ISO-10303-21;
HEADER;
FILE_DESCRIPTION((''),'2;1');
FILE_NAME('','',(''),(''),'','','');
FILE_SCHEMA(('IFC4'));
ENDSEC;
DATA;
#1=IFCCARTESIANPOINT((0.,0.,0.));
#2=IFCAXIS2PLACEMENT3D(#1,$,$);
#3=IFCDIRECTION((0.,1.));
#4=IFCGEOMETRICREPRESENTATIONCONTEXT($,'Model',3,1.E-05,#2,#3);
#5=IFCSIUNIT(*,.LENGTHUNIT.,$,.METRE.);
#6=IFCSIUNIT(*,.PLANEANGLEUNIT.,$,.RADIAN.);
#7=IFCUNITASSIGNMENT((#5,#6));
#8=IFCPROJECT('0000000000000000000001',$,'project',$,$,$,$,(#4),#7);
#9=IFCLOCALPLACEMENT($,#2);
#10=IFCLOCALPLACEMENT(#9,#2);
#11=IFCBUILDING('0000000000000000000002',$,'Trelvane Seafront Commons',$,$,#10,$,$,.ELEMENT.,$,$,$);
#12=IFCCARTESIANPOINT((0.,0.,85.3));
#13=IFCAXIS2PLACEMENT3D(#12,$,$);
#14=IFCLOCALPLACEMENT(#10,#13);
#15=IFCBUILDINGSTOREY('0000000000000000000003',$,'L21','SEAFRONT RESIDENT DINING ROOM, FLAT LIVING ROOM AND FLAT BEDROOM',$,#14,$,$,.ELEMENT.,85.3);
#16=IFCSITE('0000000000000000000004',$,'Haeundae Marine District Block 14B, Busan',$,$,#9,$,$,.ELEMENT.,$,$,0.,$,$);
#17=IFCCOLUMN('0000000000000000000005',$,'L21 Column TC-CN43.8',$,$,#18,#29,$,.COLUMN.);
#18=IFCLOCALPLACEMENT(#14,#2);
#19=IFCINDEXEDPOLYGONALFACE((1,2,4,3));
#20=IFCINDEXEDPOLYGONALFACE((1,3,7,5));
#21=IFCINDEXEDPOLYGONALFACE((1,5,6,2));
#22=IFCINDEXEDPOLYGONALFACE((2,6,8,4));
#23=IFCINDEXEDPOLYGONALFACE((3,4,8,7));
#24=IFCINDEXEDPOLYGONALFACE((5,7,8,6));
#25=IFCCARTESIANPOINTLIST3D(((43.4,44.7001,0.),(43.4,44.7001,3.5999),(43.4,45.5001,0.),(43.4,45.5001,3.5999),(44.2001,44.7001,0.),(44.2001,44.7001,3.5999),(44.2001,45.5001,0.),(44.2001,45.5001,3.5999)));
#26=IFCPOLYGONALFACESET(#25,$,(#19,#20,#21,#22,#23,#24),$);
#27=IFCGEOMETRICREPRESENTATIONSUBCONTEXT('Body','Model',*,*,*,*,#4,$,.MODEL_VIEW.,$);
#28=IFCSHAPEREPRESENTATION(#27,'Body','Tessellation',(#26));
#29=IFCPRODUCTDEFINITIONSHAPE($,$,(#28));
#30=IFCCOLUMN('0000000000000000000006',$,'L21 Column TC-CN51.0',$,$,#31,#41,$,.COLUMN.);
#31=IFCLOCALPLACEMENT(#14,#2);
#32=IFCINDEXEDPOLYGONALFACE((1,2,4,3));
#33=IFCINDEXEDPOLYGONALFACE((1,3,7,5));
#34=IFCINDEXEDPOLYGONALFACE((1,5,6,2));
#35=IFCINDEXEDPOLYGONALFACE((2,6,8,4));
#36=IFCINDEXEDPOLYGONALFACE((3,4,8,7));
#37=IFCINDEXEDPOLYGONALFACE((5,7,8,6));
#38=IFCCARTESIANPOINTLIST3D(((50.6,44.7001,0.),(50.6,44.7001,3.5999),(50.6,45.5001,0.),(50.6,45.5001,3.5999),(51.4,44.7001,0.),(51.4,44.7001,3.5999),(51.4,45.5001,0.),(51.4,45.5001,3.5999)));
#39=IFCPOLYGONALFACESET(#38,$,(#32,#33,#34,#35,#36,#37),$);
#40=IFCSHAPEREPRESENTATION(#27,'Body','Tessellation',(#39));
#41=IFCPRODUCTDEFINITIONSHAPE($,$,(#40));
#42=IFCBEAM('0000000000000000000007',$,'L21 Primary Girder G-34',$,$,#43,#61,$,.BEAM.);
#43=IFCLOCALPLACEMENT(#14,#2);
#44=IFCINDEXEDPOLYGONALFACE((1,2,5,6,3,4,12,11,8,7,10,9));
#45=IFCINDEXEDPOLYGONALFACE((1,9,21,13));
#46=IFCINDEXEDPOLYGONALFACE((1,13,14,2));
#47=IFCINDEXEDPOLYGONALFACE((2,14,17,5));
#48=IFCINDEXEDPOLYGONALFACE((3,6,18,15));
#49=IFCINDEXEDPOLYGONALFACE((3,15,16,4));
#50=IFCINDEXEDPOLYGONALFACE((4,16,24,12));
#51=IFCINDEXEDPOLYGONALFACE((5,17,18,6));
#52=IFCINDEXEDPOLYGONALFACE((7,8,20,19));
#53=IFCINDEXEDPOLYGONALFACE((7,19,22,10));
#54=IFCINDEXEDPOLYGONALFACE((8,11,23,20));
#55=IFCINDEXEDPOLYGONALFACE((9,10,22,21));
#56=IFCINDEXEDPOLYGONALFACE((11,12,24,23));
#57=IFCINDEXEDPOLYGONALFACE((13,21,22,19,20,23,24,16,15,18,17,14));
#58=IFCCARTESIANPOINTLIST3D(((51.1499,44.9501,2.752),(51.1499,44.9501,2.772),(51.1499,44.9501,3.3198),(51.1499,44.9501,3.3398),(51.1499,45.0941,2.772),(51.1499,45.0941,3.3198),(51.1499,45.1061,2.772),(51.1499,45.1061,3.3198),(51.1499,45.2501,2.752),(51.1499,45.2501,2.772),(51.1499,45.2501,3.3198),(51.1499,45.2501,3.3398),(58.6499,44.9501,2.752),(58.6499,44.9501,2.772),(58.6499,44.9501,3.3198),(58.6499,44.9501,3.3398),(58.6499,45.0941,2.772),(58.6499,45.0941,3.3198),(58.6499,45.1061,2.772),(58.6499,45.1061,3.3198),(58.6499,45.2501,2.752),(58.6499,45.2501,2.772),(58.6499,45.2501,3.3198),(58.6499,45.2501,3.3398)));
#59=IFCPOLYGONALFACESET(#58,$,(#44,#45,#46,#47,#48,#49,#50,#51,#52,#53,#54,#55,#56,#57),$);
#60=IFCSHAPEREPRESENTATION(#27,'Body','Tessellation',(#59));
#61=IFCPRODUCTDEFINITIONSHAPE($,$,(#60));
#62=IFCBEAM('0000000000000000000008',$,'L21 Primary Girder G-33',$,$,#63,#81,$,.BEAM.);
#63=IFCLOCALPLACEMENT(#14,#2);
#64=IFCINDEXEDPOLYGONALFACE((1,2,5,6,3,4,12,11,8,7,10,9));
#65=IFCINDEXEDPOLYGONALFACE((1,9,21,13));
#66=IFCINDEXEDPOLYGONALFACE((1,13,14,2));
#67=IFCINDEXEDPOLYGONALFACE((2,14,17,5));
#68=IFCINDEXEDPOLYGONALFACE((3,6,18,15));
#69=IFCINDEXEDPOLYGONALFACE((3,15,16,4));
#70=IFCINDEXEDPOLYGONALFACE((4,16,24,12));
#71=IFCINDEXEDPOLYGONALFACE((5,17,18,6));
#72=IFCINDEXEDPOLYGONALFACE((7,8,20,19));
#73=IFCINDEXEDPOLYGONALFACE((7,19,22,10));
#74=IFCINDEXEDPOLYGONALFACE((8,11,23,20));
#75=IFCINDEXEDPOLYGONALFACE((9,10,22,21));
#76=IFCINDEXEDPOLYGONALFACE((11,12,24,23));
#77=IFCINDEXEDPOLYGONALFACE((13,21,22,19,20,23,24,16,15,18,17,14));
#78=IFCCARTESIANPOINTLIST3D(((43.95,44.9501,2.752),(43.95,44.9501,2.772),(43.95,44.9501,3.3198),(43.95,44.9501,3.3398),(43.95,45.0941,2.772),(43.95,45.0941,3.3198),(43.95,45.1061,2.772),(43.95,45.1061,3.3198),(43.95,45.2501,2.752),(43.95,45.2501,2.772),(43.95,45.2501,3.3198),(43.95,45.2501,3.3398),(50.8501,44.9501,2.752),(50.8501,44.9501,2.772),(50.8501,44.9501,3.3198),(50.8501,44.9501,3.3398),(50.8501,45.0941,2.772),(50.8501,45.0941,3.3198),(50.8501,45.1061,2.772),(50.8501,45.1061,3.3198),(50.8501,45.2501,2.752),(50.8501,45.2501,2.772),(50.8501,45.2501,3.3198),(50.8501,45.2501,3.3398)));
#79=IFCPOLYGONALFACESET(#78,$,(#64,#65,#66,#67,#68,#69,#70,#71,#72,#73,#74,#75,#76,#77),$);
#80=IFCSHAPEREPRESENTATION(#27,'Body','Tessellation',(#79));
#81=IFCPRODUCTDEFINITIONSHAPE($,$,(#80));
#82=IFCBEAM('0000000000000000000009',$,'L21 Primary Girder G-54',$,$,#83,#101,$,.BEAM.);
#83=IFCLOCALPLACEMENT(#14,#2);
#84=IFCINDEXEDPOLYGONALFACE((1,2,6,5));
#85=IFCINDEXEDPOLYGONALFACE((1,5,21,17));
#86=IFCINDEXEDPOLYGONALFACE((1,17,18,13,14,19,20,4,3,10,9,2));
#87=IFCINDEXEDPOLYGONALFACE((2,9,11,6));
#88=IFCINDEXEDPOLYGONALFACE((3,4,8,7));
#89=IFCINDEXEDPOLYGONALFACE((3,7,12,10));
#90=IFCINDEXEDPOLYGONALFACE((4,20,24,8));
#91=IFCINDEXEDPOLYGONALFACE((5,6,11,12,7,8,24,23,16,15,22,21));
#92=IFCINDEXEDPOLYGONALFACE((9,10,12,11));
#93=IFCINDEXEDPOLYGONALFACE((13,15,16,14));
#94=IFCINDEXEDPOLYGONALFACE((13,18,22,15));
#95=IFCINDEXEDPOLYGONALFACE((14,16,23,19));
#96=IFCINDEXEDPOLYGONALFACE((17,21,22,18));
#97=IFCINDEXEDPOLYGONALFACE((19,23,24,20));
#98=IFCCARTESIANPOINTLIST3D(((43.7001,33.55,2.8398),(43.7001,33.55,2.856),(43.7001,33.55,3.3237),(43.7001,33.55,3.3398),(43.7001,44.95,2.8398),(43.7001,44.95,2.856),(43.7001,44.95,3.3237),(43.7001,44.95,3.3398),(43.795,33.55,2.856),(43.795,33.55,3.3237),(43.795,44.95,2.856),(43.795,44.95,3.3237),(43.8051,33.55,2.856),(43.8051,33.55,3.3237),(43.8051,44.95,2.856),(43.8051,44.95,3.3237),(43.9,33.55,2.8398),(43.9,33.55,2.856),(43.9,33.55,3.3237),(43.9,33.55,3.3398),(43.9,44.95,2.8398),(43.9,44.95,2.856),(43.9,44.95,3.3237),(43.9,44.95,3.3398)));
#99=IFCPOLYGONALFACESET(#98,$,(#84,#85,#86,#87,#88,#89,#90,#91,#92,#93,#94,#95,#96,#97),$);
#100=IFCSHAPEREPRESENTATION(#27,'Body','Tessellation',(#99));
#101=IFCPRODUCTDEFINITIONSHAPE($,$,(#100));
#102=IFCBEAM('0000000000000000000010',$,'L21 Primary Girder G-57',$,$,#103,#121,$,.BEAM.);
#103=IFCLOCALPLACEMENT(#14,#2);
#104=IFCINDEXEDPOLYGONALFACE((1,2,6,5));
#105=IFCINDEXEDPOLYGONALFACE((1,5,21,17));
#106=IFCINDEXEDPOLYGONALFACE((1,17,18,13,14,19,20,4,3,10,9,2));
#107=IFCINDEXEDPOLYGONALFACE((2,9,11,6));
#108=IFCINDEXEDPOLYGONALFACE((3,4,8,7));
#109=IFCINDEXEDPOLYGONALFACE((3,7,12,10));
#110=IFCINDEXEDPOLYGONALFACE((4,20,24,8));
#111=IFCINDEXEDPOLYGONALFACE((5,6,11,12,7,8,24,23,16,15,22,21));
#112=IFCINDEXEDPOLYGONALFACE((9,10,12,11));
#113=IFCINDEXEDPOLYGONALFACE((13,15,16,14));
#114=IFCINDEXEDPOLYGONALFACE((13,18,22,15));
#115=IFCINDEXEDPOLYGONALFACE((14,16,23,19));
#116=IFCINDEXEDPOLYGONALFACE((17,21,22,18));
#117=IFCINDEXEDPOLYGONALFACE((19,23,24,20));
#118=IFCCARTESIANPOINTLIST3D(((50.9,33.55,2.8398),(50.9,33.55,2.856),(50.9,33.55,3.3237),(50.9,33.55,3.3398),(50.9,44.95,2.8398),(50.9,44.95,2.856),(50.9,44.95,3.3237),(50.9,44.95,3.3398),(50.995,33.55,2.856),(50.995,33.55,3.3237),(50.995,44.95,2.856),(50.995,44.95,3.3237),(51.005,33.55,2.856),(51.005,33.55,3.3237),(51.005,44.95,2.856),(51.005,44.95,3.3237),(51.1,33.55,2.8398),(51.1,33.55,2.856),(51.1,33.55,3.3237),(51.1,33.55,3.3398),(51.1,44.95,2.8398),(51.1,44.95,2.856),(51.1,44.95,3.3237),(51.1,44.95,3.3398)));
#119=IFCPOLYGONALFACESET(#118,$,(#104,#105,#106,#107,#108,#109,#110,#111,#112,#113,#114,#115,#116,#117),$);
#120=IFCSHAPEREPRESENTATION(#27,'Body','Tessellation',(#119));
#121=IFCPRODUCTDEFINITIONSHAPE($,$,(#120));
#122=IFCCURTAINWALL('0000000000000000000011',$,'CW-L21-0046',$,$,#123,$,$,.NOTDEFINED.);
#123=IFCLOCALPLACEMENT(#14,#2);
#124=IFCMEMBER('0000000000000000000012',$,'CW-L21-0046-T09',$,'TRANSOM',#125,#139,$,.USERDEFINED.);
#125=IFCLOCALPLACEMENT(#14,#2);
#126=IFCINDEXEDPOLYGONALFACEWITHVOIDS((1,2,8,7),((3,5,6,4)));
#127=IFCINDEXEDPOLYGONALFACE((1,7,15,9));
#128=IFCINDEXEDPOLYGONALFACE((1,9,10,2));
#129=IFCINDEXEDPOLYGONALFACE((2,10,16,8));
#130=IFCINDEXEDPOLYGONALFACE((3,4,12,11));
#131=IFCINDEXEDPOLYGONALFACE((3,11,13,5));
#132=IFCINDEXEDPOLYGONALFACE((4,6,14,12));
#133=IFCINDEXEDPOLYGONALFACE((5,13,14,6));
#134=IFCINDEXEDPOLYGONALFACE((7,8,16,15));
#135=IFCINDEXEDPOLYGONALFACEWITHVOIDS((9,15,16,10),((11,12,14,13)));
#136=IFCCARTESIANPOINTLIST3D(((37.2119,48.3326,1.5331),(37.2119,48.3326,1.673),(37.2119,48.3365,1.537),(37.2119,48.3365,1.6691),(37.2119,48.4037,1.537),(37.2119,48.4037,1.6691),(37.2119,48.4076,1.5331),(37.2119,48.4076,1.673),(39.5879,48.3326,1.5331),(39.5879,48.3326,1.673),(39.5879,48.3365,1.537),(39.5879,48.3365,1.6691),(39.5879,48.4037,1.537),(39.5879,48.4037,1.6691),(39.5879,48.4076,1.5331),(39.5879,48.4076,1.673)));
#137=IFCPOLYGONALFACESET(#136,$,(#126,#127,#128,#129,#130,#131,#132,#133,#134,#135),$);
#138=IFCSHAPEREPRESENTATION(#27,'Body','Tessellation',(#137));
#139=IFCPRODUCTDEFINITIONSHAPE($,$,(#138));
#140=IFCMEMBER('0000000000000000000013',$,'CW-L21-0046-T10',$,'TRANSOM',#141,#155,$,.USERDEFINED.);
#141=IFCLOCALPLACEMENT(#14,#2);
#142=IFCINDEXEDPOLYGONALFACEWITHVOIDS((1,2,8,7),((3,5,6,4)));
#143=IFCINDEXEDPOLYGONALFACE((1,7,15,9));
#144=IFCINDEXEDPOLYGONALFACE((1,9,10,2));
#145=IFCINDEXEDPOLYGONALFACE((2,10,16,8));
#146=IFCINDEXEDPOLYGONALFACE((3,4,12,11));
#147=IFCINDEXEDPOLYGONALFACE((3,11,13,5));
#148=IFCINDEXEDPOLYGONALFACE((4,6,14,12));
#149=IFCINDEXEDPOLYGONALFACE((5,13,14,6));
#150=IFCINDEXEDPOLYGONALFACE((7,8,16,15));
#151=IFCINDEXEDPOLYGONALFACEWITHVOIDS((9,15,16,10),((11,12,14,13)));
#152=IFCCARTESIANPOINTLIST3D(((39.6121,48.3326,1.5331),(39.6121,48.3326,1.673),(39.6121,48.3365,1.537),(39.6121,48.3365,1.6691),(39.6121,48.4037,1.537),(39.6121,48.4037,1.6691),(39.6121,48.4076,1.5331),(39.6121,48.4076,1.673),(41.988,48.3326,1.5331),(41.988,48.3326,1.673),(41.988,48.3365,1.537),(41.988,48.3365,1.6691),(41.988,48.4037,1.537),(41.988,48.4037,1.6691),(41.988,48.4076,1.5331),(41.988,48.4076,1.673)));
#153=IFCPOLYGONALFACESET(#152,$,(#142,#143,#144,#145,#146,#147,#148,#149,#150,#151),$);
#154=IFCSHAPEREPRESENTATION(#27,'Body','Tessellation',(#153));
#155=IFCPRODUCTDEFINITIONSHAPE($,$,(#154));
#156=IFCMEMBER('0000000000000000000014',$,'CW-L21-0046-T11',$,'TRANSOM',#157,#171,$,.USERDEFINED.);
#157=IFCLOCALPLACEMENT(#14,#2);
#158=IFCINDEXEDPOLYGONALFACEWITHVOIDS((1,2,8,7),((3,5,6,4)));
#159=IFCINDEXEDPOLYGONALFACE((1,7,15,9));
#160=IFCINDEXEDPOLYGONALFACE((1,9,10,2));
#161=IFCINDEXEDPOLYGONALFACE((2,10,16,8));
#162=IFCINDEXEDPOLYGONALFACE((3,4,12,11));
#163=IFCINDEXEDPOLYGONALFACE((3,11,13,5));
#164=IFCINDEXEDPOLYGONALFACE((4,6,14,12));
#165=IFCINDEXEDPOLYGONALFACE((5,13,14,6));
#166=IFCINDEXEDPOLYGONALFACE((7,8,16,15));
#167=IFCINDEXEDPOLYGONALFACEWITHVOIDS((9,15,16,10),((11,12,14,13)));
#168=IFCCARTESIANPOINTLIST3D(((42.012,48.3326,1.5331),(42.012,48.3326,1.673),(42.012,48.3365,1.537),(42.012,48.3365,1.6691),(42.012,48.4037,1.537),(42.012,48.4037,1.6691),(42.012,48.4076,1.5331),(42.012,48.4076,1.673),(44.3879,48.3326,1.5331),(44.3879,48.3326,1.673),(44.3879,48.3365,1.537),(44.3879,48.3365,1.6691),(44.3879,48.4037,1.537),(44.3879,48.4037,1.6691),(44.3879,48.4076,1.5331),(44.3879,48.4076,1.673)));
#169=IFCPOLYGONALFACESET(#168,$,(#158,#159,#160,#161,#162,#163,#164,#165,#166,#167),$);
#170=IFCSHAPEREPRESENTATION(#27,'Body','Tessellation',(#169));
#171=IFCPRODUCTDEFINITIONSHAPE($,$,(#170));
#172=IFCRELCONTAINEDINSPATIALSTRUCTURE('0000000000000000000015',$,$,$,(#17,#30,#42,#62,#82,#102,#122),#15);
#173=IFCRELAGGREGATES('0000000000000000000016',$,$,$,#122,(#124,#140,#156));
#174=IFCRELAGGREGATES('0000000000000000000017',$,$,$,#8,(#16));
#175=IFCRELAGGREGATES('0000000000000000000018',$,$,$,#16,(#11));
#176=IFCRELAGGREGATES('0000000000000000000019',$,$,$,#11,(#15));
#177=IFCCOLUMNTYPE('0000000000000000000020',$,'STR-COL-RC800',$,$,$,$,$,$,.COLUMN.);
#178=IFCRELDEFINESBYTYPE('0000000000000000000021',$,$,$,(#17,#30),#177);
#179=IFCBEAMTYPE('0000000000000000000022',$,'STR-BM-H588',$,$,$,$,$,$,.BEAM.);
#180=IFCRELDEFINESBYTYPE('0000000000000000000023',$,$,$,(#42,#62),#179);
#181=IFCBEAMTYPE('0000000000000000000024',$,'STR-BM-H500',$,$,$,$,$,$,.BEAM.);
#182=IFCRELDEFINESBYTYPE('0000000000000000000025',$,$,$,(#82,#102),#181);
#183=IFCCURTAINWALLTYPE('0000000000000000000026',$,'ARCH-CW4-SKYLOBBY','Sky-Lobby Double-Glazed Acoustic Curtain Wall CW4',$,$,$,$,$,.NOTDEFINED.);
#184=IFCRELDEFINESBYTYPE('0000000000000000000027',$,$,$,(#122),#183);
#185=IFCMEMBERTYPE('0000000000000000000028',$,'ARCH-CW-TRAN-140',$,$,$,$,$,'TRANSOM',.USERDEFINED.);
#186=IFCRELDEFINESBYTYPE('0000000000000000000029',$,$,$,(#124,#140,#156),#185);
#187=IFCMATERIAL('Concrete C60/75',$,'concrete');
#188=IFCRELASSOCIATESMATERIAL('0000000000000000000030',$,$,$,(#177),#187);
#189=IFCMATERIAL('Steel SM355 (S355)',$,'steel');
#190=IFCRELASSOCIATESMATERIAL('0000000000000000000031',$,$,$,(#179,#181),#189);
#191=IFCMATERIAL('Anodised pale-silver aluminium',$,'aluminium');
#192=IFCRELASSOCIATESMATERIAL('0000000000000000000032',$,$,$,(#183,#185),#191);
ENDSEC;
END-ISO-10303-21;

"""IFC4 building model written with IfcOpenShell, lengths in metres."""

from ifc_helpers import new_model, si_unit, direction, frame, origin, origin_2d, place, context, subcontext, project, spatial, rectangle, hollow_rectangle, i_section, extrude, source, transform, mapped, material, material_profile, profile_set, type_object, element, aggregate, save


model = new_model("IFC4")

# Units and contexts
model_context = context("Model", 3, precision=1e-05, world=origin(), true_north=direction((0.0, 1.0)))
body_context = subcontext(model_context, "Body", "Model", "MODEL_VIEW")
ifc_project = project(units=[si_unit("LENGTHUNIT", "METRE"), si_unit("PLANEANGLEUNIT", "RADIAN")], contexts=[model_context])

# Site, building, storey
site_placement = place(None, origin())
site = spatial("IfcSite", under=ifc_project, at=site_placement, Name="Haeundae Marine District Block 14B, Busan", CompositionType="ELEMENT", RefElevation=0.0)
building_placement = place(site_placement, origin())
building = spatial("IfcBuilding", under=site, at=building_placement, Name="Trelvane Seafront Commons", CompositionType="ELEMENT")
storey_placement = place(building_placement, frame((0.0, 0.0, 85.3)))
storey = spatial("IfcBuildingStorey", under=building, at=storey_placement, Name="L21", Description="SEAFRONT RESIDENT DINING ROOM, FLAT LIVING ROOM AND FLAT BEDROOM", CompositionType="ELEMENT", Elevation=85.3)

# Columns
ifc_material_1 = material(Name="Concrete C60/75", Category="concrete")
ifc_material_profile_1 = material_profile(ifc_material_1, rectangle(XDim=0.8, YDim=0.8, at=origin_2d()), Name="RC-800x800")
ifc_profile_set_1 = profile_set([ifc_material_profile_1], Name="Concrete C60/75")
column_type = type_object("IfcColumnType", Name="STR-COL-RC800", PredefinedType="COLUMN", material=ifc_profile_set_1)
shared_shape_1 = source(origin(), body_context, "Body", "SweptSolid", [
    extrude(rectangle(XDim=0.8, YDim=0.8, at=origin_2d()), origin(), (0.0, 0.0, 1.0), 3.5999),
])
for number, where, z_axis, x_axis, name in (
    (1, (43.8, 45.1001, 0.0), (0.0, 0.0, 1.0), (1.0, 0.0, 0.0), "L21 Column TC-CN43.8"),
    (2, (51.0, 45.1001, 0.0), (0.0, 0.0, 1.0), (1.0, 0.0, 0.0), "L21 Column TC-CN51.0"),
):
    element("IfcColumn", number, at=place(storey_placement, frame(where, z_axis=z_axis, x_axis=x_axis)), inside=storey, type_object=column_type, Name=name, PredefinedType="COLUMN", context=body_context, shape_type="MappedRepresentation", body=[
        mapped(shared_shape_1, transform((0.0, 0.0, 0.0), x_axis=(1.0, 0.0, 0.0), y_axis=(0.0, 1.0, 0.0), z_axis=(0.0, 0.0, 1.0), scale=1.0)),
    ])

# Beams
ifc_material_2 = material(Name="Steel SM355 (S355)", Category="steel")
ifc_material_profile_2 = material_profile(ifc_material_2, i_section(OverallWidth=0.3, OverallDepth=0.5879, WebThickness=0.012, FlangeThickness=0.02, at=origin_2d()), Name="H-588x300x12x20")
ifc_profile_set_2 = profile_set([ifc_material_profile_2], Name="Steel SM355 (S355)")
beam_type_1 = type_object("IfcBeamType", Name="STR-BM-H588", PredefinedType="BEAM", material=ifc_profile_set_2)
shared_shape_2 = source(origin(), body_context, "Body", "SweptSolid", [
    extrude(i_section(OverallWidth=0.3, OverallDepth=0.5879, WebThickness=0.012, FlangeThickness=0.02, at=origin_2d()), origin(), (0.0, 0.0, 1.0), 7.5),
])
beam_1_placement = place(storey_placement, frame((51.1499, 45.1001, 3.0459), z_axis=(1.0, 0.0, 0.0), x_axis=(0.0, 1.0, 0.0)))
element("IfcBeam", 3, at=beam_1_placement, inside=storey, type_object=beam_type_1, Name="L21 Primary Girder G-34", PredefinedType="BEAM", context=body_context, shape_type="MappedRepresentation", body=[
    mapped(shared_shape_2, transform((0.0, 0.0, 0.0), x_axis=(1.0, 0.0, 0.0), y_axis=(0.0, 1.0, 0.0), z_axis=(0.0, 0.0, 1.0), scale=1.0)),
])
shared_shape_3 = source(origin(), body_context, "Body", "SweptSolid", [
    extrude(i_section(OverallWidth=0.3, OverallDepth=0.5879, WebThickness=0.012, FlangeThickness=0.02, at=origin_2d()), origin(), (0.0, 0.0, 1.0), 6.9001),
])
beam_2_placement = place(storey_placement, frame((43.95, 45.1001, 3.0459), z_axis=(1.0, 0.0, 0.0), x_axis=(0.0, 1.0, 0.0)))
element("IfcBeam", 4, at=beam_2_placement, inside=storey, type_object=beam_type_1, Name="L21 Primary Girder G-33", PredefinedType="BEAM", context=body_context, shape_type="MappedRepresentation", body=[
    mapped(shared_shape_3, transform((0.0, 0.0, 0.0), x_axis=(1.0, 0.0, 0.0), y_axis=(0.0, 1.0, 0.0), z_axis=(0.0, 0.0, 1.0), scale=1.0)),
])
ifc_material_profile_3 = material_profile(ifc_material_2, i_section(OverallWidth=0.2, OverallDepth=0.5, WebThickness=0.01, FlangeThickness=0.0161, at=origin_2d()), Name="H-500x200x10x16")
ifc_profile_set_3 = profile_set([ifc_material_profile_3], Name="Steel SM355 (S355)")
beam_type_2 = type_object("IfcBeamType", Name="STR-BM-H500", PredefinedType="BEAM", material=ifc_profile_set_3)
shared_shape_4 = source(origin(), body_context, "Body", "SweptSolid", [
    extrude(i_section(OverallWidth=0.2, OverallDepth=0.5, WebThickness=0.01, FlangeThickness=0.0161, at=origin_2d()), origin(), (0.0, 0.0, 1.0), 11.3999),
])
for number, where, z_axis, x_axis, name in (
    (5, (43.8, 33.55, 3.0898), (0.0, 1.0, 0.0), (-1.0, 0.0, 0.0), "L21 Primary Girder G-54"),
    (6, (51.0, 33.55, 3.0898), (0.0, 1.0, 0.0), (-1.0, 0.0, 0.0), "L21 Primary Girder G-57"),
):
    element("IfcBeam", number, at=place(storey_placement, frame(where, z_axis=z_axis, x_axis=x_axis)), inside=storey, type_object=beam_type_2, Name=name, PredefinedType="BEAM", context=body_context, shape_type="MappedRepresentation", body=[
        mapped(shared_shape_4, transform((0.0, 0.0, 0.0), x_axis=(1.0, 0.0, 0.0), y_axis=(0.0, 1.0, 0.0), z_axis=(0.0, 0.0, 1.0), scale=1.0)),
    ])

# Curtain wall, members
ifc_material_3 = material(Name="Anodised pale-silver aluminium", Category="aluminium")
curtain_wall_type = type_object("IfcCurtainWallType", Name="ARCH-CW4-SKYLOBBY", Description="Sky-Lobby Double-Glazed Acoustic Curtain Wall CW4", PredefinedType="NOTDEFINED", material=ifc_material_3)
curtain_wall_placement = place(storey_placement, origin())
curtain_wall = element("IfcCurtainWall", 7, at=curtain_wall_placement, inside=storey, type_object=curtain_wall_type, Name="CW-L21-0046", PredefinedType="NOTDEFINED")
ifc_material_profile_4 = material_profile(ifc_material_3, hollow_rectangle(XDim=0.075, YDim=0.1399, WallThickness=0.0039, at=origin_2d()), Name="TRAN-75x140x4")
ifc_profile_set_4 = profile_set([ifc_material_profile_4], Name="Anodised pale-silver aluminium")
member_type_1 = type_object("IfcMemberType", Name="ARCH-CW-TRAN-140", ElementType="TRANSOM", PredefinedType="USERDEFINED", material=ifc_profile_set_4)
shared_shape_5 = source(origin(), body_context, "Body", "SweptSolid", [
    extrude(hollow_rectangle(XDim=0.075, YDim=0.1399, WallThickness=0.0039, at=origin_2d()), origin(), (0.0, 0.0, 1.0), 2.376),
])
member_1_placement = place(storey_placement, frame((37.2119, 48.3701, 1.603), z_axis=(1.0, 0.0, 0.0), x_axis=(0.0, 1.0, 0.0)))
member_1 = element("IfcMember", 8, at=member_1_placement, type_object=member_type_1, Name="CW-L21-0046-T09", ObjectType="TRANSOM", PredefinedType="USERDEFINED", context=body_context, shape_type="MappedRepresentation", body=[
    mapped(shared_shape_5, transform((0.0, 0.0, 0.0), x_axis=(1.0, 0.0, 0.0), y_axis=(0.0, 1.0, 0.0), z_axis=(0.0, 0.0, 1.0), scale=1.0)),
])
member_2_placement = place(storey_placement, frame((39.6121, 48.3701, 1.603), z_axis=(1.0, 0.0, 0.0), x_axis=(0.0, 1.0, 0.0)))
member_2 = element("IfcMember", 9, at=member_2_placement, type_object=member_type_1, Name="CW-L21-0046-T10", ObjectType="TRANSOM", PredefinedType="USERDEFINED", context=body_context, shape_type="MappedRepresentation", body=[
    mapped(shared_shape_5, transform((0.0, 0.0, 0.0), x_axis=(1.0, 0.0, 0.0), y_axis=(0.0, 1.0, 0.0), z_axis=(0.0, 0.0, 1.0), scale=1.0)),
])
member_3_placement = place(storey_placement, frame((42.012, 48.3701, 1.603), z_axis=(1.0, 0.0, 0.0), x_axis=(0.0, 1.0, 0.0)))
member_3 = element("IfcMember", 10, at=member_3_placement, type_object=member_type_1, Name="CW-L21-0046-T11", ObjectType="TRANSOM", PredefinedType="USERDEFINED", context=body_context, shape_type="MappedRepresentation", body=[
    mapped(shared_shape_5, transform((0.0, 0.0, 0.0), x_axis=(1.0, 0.0, 0.0), y_axis=(0.0, 1.0, 0.0), z_axis=(0.0, 0.0, 1.0), scale=1.0)),
])
aggregate(curtain_wall, [member_1, member_2, member_3])

save(model, "model.ifc")
